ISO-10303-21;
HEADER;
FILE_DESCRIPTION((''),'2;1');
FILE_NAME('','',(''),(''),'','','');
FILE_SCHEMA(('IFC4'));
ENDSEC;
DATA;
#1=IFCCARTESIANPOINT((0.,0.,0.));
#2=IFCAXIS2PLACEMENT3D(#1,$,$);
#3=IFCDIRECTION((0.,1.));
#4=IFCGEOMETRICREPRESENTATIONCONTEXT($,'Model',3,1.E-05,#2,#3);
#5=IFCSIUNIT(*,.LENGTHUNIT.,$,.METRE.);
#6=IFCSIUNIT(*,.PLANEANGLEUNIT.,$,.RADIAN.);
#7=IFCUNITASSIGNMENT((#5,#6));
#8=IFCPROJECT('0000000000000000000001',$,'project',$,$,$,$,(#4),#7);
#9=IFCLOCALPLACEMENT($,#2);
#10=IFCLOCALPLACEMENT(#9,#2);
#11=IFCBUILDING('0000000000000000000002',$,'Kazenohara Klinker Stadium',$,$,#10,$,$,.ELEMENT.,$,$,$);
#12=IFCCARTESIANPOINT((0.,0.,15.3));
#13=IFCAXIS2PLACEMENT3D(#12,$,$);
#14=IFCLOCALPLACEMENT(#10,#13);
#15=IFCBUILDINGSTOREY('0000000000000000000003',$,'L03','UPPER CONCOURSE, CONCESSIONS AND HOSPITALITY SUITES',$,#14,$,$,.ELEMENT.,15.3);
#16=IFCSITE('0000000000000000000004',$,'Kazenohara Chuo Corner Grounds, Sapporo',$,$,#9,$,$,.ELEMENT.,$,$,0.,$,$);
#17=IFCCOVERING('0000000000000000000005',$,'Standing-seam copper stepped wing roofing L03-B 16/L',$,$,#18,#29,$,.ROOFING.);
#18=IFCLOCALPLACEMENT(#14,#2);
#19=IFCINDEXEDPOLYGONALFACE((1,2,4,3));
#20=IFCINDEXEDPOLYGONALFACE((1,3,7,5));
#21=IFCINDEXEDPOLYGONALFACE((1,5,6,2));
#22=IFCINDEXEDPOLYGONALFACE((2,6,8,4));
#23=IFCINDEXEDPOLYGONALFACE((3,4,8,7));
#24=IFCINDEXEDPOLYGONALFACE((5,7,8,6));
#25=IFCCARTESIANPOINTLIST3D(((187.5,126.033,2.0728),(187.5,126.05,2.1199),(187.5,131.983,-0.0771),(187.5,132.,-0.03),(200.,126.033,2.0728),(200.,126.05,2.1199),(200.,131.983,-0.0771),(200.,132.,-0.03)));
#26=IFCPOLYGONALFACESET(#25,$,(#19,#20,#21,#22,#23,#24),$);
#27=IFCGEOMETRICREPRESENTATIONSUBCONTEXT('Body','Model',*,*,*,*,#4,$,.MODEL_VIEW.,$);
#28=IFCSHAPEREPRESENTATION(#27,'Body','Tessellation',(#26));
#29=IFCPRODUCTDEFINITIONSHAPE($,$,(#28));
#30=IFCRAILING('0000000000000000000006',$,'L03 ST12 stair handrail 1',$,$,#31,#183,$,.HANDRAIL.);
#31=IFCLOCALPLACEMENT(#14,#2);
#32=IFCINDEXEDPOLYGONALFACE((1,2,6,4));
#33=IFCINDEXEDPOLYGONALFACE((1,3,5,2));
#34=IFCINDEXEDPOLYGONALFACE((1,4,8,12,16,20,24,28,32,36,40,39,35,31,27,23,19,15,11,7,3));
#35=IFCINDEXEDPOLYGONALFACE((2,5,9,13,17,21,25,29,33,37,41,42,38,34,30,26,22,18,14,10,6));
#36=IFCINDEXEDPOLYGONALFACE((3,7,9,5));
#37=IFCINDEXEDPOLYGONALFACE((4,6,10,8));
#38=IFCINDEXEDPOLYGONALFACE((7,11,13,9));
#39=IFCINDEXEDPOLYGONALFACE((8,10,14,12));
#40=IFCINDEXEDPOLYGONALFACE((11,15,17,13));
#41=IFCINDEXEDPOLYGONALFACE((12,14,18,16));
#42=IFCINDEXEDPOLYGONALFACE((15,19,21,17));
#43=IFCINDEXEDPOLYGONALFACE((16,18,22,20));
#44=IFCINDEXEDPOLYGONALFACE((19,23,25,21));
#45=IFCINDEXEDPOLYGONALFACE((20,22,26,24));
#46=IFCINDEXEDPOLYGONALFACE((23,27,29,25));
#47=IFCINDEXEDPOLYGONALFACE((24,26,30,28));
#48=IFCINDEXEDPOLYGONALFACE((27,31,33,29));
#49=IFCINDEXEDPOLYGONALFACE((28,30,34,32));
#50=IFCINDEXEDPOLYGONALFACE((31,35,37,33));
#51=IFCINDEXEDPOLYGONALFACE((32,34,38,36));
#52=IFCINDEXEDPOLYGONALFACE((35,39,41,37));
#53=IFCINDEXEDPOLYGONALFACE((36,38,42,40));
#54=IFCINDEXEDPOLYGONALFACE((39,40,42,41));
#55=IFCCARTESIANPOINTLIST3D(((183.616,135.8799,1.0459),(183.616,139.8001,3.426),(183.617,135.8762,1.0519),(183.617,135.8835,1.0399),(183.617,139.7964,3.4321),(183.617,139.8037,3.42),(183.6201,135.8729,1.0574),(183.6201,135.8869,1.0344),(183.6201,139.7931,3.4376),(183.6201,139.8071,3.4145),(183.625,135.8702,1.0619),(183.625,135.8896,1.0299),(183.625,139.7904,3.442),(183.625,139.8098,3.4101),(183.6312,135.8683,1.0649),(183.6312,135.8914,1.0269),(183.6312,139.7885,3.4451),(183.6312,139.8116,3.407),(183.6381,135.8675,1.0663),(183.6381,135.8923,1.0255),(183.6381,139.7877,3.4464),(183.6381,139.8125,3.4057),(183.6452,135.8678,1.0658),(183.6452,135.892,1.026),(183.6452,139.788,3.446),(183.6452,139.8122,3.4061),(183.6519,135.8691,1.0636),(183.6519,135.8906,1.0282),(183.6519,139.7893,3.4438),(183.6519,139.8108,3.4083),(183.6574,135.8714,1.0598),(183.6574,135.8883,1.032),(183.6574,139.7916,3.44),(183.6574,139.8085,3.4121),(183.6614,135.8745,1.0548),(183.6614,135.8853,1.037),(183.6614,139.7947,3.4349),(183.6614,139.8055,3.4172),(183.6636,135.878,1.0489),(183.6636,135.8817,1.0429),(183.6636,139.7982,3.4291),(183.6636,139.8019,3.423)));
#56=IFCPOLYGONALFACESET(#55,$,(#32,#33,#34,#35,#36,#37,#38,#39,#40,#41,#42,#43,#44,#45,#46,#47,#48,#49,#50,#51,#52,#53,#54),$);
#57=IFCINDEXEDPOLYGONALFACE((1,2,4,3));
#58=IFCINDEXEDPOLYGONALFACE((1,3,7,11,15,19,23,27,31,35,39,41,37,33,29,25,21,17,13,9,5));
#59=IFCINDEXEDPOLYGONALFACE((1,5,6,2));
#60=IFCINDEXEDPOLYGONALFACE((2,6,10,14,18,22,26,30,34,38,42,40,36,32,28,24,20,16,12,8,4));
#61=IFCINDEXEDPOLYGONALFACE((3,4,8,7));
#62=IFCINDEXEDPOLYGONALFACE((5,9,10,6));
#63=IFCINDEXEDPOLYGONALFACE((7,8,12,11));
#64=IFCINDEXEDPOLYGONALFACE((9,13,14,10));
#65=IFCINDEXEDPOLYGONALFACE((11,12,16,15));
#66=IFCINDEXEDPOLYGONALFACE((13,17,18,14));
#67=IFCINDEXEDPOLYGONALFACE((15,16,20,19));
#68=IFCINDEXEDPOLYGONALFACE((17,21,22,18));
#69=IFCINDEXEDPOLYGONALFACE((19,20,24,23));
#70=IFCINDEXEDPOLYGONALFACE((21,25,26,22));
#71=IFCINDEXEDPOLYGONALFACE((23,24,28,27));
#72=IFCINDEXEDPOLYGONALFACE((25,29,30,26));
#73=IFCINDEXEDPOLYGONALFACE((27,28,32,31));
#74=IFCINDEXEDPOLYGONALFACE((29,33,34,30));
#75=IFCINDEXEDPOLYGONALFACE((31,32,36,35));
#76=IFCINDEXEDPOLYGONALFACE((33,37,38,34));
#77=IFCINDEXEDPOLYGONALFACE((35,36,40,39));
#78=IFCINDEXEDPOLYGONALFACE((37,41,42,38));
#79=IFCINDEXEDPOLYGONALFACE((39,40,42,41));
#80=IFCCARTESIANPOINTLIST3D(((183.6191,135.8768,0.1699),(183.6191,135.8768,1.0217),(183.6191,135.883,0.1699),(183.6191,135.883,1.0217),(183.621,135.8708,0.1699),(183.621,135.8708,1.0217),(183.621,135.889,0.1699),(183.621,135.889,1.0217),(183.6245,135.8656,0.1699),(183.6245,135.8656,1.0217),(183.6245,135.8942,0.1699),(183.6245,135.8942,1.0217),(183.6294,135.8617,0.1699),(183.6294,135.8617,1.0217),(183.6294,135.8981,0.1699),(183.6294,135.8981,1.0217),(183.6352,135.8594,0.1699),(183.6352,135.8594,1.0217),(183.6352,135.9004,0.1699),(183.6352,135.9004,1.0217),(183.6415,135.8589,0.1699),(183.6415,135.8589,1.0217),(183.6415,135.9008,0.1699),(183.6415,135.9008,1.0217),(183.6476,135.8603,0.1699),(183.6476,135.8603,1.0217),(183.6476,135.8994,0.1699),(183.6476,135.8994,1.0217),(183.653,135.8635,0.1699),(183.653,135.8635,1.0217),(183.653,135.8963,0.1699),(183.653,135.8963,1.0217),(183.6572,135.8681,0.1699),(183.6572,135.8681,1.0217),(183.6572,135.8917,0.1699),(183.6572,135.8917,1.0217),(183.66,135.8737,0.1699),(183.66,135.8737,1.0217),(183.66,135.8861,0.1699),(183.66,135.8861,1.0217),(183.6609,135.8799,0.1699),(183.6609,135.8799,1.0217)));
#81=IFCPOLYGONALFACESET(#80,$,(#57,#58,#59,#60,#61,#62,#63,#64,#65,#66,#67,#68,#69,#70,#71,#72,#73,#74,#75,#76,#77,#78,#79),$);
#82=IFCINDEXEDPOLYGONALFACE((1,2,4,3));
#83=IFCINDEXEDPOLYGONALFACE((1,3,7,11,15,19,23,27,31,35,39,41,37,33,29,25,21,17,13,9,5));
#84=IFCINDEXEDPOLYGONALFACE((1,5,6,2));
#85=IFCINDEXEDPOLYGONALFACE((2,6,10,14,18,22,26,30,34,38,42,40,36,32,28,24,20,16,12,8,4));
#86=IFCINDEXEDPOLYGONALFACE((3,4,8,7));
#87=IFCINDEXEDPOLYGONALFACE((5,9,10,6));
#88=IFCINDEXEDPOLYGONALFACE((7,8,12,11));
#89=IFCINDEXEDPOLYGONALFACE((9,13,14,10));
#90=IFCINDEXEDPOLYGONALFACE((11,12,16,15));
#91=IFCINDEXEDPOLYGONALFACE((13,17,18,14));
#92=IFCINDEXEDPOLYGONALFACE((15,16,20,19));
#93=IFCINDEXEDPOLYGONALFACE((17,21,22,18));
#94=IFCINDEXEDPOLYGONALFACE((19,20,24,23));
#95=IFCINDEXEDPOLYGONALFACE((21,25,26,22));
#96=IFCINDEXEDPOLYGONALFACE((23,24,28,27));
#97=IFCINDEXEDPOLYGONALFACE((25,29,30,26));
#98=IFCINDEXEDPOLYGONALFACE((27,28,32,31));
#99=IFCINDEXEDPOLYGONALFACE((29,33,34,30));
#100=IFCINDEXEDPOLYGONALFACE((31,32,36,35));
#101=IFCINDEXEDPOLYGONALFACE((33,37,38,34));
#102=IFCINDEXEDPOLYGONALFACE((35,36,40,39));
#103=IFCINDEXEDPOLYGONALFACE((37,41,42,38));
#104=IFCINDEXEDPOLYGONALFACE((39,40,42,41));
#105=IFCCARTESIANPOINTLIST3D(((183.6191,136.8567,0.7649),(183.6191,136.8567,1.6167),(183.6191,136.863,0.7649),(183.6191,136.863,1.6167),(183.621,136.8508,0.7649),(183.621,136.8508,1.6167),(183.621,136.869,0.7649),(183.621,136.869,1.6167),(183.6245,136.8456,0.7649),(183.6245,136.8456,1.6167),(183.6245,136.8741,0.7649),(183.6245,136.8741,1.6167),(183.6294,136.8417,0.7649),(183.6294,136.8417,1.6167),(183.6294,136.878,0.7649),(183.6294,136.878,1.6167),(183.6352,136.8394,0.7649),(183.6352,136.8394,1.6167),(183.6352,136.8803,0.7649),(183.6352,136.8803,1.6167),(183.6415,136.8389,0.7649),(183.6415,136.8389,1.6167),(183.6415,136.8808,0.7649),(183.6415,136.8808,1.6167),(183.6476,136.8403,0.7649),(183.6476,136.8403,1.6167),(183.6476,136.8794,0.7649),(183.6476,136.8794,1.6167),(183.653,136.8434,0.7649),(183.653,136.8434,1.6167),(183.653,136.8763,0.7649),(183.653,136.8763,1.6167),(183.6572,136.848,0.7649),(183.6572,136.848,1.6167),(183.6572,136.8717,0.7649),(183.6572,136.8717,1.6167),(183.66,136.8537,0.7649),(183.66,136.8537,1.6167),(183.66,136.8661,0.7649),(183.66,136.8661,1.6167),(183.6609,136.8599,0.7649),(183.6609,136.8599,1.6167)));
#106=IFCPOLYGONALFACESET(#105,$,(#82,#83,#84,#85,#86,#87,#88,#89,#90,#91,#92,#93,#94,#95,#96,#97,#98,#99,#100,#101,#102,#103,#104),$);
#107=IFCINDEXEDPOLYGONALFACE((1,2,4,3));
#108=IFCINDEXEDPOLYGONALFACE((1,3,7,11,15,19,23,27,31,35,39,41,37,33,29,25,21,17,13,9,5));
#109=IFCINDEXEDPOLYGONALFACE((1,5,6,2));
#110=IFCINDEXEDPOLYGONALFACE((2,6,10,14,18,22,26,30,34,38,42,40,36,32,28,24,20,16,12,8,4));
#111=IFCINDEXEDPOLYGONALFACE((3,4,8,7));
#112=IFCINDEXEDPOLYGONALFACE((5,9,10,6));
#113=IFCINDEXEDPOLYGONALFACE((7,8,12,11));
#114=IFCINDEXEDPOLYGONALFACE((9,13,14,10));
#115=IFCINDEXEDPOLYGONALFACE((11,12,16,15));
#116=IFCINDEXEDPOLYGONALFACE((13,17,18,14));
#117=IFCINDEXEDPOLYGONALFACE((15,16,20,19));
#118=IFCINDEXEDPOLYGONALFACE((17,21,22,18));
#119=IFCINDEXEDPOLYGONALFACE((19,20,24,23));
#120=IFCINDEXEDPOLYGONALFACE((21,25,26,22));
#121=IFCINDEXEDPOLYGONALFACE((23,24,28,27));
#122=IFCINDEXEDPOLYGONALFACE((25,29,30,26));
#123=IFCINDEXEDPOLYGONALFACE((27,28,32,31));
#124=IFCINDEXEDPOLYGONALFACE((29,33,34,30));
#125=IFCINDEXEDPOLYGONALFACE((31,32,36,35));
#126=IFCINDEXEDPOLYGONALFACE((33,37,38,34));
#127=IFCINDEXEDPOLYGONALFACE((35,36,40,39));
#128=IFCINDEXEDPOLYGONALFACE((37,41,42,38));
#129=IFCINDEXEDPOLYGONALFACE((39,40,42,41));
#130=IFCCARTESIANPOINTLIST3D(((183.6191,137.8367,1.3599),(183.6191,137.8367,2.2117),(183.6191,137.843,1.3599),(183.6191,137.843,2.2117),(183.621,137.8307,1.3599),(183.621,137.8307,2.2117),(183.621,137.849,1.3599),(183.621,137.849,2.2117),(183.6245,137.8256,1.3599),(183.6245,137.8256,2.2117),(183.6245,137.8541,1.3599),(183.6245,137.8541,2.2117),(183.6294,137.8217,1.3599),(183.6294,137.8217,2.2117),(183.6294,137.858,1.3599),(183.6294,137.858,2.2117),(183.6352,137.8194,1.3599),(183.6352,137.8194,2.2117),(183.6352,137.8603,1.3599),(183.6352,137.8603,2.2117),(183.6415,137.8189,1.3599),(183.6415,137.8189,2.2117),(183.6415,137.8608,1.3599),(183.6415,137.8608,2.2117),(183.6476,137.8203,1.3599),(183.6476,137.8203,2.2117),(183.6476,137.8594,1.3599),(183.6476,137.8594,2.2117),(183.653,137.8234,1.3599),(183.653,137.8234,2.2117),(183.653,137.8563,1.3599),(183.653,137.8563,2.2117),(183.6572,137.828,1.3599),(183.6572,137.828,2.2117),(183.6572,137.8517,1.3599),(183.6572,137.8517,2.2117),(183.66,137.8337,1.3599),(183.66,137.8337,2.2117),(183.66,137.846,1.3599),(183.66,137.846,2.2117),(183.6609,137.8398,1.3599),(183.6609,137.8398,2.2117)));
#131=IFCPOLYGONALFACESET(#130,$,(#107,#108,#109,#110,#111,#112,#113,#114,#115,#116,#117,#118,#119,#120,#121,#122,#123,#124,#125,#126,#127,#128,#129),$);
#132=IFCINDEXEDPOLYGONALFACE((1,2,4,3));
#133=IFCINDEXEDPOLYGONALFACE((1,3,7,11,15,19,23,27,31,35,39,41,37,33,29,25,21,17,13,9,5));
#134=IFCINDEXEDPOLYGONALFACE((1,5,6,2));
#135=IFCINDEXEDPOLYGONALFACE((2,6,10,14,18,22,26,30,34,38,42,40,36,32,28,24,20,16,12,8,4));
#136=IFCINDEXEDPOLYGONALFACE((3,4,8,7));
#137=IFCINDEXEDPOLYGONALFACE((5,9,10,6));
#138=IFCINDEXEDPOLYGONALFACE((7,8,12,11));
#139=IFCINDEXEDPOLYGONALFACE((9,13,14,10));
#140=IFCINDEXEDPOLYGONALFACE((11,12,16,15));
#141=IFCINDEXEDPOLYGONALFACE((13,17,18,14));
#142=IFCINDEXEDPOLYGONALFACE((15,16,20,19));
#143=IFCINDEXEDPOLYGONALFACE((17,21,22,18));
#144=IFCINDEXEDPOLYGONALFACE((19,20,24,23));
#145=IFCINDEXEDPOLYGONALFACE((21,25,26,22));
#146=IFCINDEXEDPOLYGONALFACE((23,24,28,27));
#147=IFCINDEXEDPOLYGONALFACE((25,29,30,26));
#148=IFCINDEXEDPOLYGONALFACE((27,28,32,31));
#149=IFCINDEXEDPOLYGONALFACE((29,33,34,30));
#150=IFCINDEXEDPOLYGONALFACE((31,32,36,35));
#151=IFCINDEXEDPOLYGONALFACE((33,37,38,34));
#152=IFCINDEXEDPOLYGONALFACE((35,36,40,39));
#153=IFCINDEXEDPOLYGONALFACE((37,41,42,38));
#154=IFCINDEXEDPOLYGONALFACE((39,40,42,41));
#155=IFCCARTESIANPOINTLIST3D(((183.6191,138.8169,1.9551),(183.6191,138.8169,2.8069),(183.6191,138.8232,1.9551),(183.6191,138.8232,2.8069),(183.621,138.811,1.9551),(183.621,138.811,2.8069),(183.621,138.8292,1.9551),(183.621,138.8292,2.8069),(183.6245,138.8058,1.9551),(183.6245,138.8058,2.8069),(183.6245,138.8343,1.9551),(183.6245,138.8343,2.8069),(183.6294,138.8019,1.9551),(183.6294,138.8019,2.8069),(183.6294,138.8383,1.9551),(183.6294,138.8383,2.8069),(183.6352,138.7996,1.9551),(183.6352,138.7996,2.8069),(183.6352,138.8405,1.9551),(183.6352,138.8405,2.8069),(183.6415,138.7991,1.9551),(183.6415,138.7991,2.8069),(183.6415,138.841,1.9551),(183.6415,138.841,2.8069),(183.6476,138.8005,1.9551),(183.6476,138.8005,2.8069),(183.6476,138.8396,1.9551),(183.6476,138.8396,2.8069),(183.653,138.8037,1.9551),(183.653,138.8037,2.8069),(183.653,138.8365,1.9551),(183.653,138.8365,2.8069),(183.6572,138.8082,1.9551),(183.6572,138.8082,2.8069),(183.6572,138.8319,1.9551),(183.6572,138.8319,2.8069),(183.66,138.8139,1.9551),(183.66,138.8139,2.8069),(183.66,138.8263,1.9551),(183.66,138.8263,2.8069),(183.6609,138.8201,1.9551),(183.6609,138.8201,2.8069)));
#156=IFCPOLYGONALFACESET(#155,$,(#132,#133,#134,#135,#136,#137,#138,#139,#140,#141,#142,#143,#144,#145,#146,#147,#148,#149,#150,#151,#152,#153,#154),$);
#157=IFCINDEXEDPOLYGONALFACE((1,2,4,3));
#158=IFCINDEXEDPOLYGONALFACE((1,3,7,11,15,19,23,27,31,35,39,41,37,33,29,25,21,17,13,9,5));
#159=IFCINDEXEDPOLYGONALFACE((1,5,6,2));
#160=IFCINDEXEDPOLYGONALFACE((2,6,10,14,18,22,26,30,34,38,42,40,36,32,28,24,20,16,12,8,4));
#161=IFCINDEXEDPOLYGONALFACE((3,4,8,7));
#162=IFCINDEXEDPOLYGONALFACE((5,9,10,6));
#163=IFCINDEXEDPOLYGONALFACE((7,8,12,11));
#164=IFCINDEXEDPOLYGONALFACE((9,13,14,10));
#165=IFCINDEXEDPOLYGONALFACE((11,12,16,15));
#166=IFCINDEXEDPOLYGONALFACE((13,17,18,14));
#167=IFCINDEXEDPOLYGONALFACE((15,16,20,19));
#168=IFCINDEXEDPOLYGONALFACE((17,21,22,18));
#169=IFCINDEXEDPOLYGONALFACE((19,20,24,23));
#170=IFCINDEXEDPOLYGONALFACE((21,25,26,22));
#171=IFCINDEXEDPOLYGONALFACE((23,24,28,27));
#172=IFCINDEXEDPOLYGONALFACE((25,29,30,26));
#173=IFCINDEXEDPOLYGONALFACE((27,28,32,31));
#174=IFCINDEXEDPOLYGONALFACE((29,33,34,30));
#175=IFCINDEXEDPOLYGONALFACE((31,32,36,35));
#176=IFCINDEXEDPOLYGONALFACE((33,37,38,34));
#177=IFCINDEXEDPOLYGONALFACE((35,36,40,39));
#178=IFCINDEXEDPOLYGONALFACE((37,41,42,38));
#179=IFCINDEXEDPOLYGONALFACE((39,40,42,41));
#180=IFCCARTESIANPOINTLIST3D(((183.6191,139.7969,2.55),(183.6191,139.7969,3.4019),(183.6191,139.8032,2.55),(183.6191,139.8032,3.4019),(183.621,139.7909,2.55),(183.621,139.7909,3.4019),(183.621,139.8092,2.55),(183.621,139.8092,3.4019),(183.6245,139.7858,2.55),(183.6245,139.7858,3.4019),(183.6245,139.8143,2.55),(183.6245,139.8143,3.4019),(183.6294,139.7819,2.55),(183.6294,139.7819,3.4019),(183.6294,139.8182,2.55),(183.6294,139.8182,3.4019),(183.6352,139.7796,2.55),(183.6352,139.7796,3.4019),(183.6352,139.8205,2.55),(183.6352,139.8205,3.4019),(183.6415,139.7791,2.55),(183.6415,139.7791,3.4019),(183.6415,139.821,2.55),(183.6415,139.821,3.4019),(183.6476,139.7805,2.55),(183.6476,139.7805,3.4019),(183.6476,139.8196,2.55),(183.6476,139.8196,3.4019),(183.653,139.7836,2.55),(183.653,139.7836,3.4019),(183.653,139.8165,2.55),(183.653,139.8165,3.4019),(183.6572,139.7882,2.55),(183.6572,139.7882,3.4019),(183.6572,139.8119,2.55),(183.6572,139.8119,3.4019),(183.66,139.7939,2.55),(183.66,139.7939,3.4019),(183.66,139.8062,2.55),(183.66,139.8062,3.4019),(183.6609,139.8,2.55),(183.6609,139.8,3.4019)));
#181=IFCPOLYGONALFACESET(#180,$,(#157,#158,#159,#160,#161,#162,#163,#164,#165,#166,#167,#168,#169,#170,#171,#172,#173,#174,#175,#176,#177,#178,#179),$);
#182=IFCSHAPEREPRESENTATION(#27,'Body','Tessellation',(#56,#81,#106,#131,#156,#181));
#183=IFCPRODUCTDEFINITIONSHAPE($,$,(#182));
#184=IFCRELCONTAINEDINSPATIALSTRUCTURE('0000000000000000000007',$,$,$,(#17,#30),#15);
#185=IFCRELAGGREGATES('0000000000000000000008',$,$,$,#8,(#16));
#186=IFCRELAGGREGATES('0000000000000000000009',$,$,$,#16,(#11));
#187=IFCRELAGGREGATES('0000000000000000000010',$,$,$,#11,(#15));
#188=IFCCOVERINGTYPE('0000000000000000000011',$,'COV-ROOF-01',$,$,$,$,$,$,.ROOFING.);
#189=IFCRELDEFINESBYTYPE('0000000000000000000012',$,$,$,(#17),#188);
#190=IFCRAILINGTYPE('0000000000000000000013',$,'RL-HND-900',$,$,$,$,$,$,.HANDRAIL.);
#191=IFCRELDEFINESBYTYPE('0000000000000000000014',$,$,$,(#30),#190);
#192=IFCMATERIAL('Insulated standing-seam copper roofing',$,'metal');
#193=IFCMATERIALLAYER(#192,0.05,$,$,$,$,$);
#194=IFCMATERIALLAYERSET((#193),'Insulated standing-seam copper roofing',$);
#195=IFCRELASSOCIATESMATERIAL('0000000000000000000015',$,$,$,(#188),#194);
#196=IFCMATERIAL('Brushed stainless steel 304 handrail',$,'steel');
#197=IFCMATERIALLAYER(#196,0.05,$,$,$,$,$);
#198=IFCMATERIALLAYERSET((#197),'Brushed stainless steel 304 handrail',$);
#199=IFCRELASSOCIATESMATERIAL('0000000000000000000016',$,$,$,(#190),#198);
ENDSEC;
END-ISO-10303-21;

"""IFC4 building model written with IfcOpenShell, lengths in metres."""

from ifc_helpers import new_model, si_unit, direction, frame, origin, origin_2d, place, context, subcontext, project, spatial, polyline, circle, outline, extrude, material, layer, layer_set, type_object, element, save


model = new_model("IFC4")

# Units and contexts
model_context = context("Model", 3, precision=1e-05, world=origin(), true_north=direction((0.0, 1.0)))
body_context = subcontext(model_context, "Body", "Model", "MODEL_VIEW")
ifc_project = project(units=[si_unit("LENGTHUNIT", "METRE"), si_unit("PLANEANGLEUNIT", "RADIAN")], contexts=[model_context])

# Site, building, storey
site_placement = place(None, origin())
site = spatial("IfcSite", under=ifc_project, at=site_placement, Name="Kazenohara Chuo Corner Grounds, Sapporo", CompositionType="ELEMENT", RefElevation=0.0)
building_placement = place(site_placement, origin())
building = spatial("IfcBuilding", under=site, at=building_placement, Name="Kazenohara Klinker Stadium", CompositionType="ELEMENT")
storey_placement = place(building_placement, frame((0.0, 0.0, 15.3)))
storey = spatial("IfcBuildingStorey", under=building, at=storey_placement, Name="L03", Description="UPPER CONCOURSE, CONCESSIONS AND HOSPITALITY SUITES", CompositionType="ELEMENT", Elevation=15.3)

# Covering
ifc_material_1 = material(Name="Insulated standing-seam copper roofing", Category="metal")
ifc_layer_1 = layer(ifc_material_1, 0.05)
ifc_layer_set_1 = layer_set([ifc_layer_1], Name="Insulated standing-seam copper roofing")
covering_type = type_object("IfcCoveringType", Name="COV-ROOF-01", PredefinedType="ROOFING", material=ifc_layer_set_1)
covering_placement = place(storey_placement, frame((187.5, 126.05, 2.1199), z_axis=(0.0, 0.339827, 0.940488), x_axis=(1.0, 0.0, 0.0)))
element("IfcCovering", 1, at=covering_placement, inside=storey, type_object=covering_type, Name="Standing-seam copper stepped wing roofing L03-B 16/L", PredefinedType="ROOFING", context=body_context, shape_type="SweptSolid", body=[
    extrude(outline(polyline([(0.0, 0.0), (12.5, 0.0), (12.5, 6.3265), (0.0, 6.3265), (0.0, 0.0)])), origin(), (0.0, 0.0, -1.0), 0.05),
])

# Railing
ifc_material_2 = material(Name="Brushed stainless steel 304 handrail", Category="steel")
ifc_layer_2 = layer(ifc_material_2, 0.05)
ifc_layer_set_2 = layer_set([ifc_layer_2], Name="Brushed stainless steel 304 handrail")
railing_type = type_object("IfcRailingType", Name="RL-HND-900", PredefinedType="HANDRAIL", material=ifc_layer_set_2)
railing_placement = place(storey_placement, frame((183.6399, 135.8799, 0.1699)))
element("IfcRailing", 2, at=railing_placement, inside=storey, type_object=railing_type, Name="L03 ST12 stair handrail 1", PredefinedType="HANDRAIL", context=body_context, shape_type="SweptSolid", body=[
    extrude(circle(Radius=0.0239, at=origin_2d()), frame((0.0, 0.0, 0.876), z_axis=(0.0, 0.854785, 0.518982), x_axis=(-1.0, 0.0, 0.0)), (0.0, 0.0, 1.0), 4.5862),
    extrude(circle(Radius=0.021, at=origin_2d()), origin(), (0.0, 0.0, 1.0), 0.8518),
    extrude(circle(Radius=0.021, at=origin_2d()), frame((0.0, 0.98, 0.595)), (0.0, 0.0, 1.0), 0.8518),
    extrude(circle(Radius=0.021, at=origin_2d()), frame((0.0, 1.96, 1.1899)), (0.0, 0.0, 1.0), 0.8518),
    extrude(circle(Radius=0.021, at=origin_2d()), frame((0.0, 2.9402, 1.7852)), (0.0, 0.0, 1.0), 0.8518),
    extrude(circle(Radius=0.021, at=origin_2d()), frame((0.0, 3.9202, 2.3801)), (0.0, 0.0, 1.0), 0.8518),
])

save(model, "model.ifc")
